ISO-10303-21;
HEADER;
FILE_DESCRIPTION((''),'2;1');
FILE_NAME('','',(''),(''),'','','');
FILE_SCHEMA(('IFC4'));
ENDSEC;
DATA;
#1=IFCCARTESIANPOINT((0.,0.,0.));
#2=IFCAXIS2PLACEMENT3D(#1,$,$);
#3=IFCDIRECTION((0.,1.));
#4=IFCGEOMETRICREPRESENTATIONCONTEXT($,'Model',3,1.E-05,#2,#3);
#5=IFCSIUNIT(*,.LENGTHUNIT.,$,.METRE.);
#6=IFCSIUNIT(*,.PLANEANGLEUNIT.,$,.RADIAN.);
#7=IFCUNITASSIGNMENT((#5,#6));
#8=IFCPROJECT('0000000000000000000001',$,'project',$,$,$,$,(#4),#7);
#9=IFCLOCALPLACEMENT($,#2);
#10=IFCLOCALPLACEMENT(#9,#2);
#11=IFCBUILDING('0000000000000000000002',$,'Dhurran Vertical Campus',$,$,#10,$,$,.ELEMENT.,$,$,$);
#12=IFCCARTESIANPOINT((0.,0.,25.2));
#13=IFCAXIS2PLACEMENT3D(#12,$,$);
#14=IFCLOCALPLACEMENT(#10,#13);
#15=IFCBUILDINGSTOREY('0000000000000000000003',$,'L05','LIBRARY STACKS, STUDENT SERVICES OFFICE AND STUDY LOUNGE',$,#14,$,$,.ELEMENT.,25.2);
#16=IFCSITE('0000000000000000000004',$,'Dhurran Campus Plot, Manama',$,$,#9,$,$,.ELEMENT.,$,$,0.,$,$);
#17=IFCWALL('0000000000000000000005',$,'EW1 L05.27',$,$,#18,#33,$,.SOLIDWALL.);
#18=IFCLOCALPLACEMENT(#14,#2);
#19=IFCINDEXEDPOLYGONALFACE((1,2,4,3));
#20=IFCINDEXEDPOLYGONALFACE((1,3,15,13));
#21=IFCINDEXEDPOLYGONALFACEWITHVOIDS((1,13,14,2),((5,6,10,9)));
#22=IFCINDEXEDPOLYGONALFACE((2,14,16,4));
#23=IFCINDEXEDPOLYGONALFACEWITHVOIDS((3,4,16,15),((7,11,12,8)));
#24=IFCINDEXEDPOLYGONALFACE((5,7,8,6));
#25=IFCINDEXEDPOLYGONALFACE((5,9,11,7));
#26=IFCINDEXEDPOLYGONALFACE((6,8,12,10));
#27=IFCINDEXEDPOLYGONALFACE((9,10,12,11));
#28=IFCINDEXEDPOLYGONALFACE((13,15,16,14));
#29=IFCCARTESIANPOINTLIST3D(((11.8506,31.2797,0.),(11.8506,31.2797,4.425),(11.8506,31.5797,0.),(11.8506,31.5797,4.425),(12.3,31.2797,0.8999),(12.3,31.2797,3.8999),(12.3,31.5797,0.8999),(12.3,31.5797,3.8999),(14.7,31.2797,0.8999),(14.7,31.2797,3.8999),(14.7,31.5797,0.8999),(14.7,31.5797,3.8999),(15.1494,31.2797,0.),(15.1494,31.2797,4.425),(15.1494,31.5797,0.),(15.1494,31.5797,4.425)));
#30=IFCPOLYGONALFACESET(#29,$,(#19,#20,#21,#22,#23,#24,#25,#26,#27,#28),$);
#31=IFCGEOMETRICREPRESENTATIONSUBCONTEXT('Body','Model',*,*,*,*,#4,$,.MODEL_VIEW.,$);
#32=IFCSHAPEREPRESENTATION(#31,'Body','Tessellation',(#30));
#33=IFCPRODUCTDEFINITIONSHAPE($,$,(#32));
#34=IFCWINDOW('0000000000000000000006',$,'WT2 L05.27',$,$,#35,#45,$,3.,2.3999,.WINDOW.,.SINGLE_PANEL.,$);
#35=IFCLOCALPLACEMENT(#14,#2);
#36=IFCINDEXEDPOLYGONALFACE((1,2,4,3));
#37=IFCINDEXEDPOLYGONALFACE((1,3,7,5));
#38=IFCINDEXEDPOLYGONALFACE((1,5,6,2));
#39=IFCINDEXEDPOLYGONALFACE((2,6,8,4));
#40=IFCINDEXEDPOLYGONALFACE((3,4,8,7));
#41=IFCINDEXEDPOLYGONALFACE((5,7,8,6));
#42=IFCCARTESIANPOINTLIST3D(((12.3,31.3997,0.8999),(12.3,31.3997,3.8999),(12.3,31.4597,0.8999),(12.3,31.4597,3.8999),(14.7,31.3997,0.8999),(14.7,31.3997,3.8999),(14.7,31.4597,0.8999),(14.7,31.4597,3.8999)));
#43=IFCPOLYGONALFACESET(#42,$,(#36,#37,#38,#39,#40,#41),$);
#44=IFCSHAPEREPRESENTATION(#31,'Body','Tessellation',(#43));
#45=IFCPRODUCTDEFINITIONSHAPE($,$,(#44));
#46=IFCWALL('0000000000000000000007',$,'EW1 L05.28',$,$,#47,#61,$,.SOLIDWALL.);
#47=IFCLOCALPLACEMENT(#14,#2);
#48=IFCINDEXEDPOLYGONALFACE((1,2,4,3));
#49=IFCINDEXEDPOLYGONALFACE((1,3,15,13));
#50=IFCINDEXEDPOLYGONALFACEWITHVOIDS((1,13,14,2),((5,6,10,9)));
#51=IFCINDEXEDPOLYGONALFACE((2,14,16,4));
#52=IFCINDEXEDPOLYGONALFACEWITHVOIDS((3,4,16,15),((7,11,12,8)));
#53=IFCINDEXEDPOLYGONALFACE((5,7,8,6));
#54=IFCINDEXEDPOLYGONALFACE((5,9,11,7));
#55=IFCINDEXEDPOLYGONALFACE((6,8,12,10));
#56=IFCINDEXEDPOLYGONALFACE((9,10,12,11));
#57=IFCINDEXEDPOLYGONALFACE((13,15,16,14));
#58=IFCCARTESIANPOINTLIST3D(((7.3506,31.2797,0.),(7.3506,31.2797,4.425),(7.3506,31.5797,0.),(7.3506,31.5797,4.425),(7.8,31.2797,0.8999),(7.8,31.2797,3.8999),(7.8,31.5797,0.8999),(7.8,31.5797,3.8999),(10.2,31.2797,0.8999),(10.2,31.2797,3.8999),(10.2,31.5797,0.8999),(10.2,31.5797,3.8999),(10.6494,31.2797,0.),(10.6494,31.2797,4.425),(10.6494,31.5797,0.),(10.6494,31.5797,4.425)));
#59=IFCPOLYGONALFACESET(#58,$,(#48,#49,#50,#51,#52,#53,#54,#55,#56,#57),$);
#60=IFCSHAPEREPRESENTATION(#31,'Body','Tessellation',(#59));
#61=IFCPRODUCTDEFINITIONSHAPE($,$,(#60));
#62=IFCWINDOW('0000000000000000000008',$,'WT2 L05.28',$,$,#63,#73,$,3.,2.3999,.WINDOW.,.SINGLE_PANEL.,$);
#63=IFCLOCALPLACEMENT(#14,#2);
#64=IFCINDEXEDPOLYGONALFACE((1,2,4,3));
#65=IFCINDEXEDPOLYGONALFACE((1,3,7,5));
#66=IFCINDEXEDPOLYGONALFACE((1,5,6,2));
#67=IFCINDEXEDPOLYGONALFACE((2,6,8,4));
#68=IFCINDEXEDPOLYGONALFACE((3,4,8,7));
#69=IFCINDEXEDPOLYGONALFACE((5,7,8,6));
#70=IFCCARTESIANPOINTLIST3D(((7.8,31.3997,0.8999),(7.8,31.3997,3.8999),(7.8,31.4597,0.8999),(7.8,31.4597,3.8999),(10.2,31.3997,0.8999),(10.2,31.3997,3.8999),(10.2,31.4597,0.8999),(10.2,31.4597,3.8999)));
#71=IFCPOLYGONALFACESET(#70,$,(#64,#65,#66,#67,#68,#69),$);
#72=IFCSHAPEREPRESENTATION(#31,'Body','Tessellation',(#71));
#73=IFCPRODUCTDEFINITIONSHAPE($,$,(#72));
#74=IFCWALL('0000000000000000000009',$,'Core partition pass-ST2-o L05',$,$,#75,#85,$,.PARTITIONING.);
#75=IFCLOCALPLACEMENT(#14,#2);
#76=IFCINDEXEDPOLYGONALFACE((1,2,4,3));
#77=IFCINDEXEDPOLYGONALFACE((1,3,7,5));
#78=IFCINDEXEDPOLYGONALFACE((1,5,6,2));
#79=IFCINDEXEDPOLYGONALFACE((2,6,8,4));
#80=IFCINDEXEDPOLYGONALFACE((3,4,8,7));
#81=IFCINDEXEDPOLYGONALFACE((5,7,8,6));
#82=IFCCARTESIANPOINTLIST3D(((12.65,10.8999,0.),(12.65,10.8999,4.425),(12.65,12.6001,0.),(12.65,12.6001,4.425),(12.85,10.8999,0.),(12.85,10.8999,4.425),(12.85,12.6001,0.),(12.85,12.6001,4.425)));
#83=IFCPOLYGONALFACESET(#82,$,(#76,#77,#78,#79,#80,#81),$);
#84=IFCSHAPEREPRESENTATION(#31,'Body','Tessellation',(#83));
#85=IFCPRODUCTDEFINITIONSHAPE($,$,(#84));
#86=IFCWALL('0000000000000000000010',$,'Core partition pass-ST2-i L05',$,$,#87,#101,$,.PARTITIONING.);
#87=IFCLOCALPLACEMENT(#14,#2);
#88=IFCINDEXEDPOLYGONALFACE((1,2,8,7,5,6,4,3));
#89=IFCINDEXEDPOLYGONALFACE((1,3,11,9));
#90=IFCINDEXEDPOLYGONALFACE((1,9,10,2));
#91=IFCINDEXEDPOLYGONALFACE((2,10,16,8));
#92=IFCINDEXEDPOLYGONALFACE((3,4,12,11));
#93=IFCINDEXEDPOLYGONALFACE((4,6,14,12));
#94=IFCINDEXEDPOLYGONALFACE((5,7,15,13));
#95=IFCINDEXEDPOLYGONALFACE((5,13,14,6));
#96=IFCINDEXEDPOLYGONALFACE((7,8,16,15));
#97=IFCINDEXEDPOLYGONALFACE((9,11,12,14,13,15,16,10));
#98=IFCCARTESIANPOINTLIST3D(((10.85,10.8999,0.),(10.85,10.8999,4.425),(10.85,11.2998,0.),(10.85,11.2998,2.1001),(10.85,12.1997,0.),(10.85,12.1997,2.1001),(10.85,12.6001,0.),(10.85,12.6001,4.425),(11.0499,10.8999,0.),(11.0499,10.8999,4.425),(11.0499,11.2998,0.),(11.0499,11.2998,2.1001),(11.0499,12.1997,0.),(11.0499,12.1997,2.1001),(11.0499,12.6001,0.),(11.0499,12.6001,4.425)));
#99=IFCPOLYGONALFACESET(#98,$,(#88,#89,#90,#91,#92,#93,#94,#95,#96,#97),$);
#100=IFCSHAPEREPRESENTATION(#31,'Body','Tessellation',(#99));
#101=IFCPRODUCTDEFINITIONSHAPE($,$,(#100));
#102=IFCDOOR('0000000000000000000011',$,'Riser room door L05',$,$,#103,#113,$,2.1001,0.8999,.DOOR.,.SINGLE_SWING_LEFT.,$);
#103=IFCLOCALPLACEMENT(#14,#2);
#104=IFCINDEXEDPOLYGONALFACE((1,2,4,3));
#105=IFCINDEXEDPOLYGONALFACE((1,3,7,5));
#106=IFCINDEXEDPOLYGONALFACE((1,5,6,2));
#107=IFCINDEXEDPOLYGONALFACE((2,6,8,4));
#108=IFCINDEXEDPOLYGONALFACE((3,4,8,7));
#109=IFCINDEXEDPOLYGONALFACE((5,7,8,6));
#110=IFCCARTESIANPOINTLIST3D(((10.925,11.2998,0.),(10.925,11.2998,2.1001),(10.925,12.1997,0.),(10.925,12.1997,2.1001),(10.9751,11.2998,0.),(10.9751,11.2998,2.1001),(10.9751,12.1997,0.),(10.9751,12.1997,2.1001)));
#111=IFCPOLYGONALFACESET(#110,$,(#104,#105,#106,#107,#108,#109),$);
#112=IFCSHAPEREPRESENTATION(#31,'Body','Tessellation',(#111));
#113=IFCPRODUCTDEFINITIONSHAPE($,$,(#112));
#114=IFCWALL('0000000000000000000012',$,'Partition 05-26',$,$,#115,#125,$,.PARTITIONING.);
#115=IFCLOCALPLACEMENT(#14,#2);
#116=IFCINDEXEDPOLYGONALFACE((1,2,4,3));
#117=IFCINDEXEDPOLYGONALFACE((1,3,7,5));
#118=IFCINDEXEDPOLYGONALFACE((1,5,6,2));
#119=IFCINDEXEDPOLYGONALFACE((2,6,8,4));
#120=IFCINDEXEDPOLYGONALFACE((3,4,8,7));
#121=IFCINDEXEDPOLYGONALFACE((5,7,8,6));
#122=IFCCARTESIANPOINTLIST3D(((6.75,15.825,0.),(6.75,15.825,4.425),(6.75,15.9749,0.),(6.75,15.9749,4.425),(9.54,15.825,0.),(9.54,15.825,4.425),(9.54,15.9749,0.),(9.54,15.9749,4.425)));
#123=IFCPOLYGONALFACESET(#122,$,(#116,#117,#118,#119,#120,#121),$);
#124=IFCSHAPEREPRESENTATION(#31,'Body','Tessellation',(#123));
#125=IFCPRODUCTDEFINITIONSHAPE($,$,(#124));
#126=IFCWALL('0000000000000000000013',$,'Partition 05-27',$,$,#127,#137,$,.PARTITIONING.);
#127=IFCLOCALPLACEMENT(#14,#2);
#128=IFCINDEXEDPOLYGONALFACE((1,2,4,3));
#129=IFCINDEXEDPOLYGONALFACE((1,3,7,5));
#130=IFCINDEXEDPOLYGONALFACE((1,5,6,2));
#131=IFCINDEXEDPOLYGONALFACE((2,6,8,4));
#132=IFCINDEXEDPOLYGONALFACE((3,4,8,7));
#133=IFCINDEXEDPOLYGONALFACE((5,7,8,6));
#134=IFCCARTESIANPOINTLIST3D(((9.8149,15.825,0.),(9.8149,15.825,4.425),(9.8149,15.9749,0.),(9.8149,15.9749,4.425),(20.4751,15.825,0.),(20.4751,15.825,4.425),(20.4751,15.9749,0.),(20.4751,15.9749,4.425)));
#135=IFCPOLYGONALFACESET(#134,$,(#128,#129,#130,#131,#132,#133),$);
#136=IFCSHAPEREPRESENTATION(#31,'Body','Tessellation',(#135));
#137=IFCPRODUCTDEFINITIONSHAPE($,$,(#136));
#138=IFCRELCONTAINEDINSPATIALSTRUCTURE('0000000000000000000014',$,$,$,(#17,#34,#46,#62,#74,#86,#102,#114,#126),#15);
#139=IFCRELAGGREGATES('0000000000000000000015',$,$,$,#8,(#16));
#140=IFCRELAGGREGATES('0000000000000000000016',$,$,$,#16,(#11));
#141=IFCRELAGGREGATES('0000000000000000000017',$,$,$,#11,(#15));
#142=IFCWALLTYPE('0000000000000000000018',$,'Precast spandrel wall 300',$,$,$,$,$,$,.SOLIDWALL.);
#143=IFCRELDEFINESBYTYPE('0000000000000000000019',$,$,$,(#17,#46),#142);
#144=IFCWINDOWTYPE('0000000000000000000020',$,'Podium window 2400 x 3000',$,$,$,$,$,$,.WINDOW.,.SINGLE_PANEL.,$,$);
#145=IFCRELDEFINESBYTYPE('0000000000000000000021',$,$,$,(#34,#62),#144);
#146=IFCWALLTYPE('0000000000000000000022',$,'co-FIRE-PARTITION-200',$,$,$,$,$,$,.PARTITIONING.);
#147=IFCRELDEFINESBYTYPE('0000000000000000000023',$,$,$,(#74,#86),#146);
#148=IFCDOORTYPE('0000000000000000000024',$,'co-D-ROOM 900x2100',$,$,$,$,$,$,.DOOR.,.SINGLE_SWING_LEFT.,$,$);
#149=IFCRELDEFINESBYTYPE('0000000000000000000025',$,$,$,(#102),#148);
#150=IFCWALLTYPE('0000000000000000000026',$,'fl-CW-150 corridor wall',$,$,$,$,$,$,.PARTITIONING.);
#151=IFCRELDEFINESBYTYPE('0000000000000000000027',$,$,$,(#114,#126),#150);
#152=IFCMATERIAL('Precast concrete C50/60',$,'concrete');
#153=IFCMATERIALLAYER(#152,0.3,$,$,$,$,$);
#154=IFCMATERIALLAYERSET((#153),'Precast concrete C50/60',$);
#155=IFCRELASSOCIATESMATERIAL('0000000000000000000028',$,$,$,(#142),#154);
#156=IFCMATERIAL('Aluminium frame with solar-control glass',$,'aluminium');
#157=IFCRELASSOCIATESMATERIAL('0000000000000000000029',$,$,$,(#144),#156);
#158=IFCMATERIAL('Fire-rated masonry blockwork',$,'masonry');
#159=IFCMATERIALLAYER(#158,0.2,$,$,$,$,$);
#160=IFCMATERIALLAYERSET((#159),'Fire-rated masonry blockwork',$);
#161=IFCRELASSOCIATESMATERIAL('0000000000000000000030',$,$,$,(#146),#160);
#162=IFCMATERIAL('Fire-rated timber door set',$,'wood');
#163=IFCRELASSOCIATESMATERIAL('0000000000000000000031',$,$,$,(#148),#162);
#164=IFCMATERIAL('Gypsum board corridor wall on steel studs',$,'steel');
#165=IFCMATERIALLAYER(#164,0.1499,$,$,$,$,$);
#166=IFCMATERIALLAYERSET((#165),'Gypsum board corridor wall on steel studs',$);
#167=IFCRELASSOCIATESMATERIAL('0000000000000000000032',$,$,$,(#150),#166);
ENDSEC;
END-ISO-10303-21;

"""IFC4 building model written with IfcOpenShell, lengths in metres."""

from ifc_helpers import new_model, si_unit, direction, frame, frame_2d, origin, place, context, subcontext, project, spatial, rectangle, extrude, material, layer, layer_set, type_object, element, fill, save


model = new_model("IFC4")

# Units and contexts
model_context = context("Model", 3, precision=1e-05, world=origin(), true_north=direction((0.0, 1.0)))
body_context = subcontext(model_context, "Body", "Model", "MODEL_VIEW")
ifc_project = project(units=[si_unit("LENGTHUNIT", "METRE"), si_unit("PLANEANGLEUNIT", "RADIAN")], contexts=[model_context])

# Site, building, storey
site_placement = place(None, origin())
site = spatial("IfcSite", under=ifc_project, at=site_placement, Name="Dhurran Campus Plot, Manama", CompositionType="ELEMENT", RefElevation=0.0)
building_placement = place(site_placement, origin())
building = spatial("IfcBuilding", under=site, at=building_placement, Name="Dhurran Vertical Campus", CompositionType="ELEMENT")
storey_placement = place(building_placement, frame((0.0, 0.0, 25.2)))
storey = spatial("IfcBuildingStorey", under=building, at=storey_placement, Name="L05", Description="LIBRARY STACKS, STUDENT SERVICES OFFICE AND STUDY LOUNGE", CompositionType="ELEMENT", Elevation=25.2)

# Walls, openings, windows
ifc_material_1 = material(Name="Precast concrete C50/60", Category="concrete")
ifc_layer_1 = layer(ifc_material_1, 0.3)
ifc_layer_set_1 = layer_set([ifc_layer_1], Name="Precast concrete C50/60")
wall_type_1 = type_object("IfcWallType", Name="Precast spandrel wall 300", PredefinedType="SOLIDWALL", material=ifc_layer_set_1)
ifc_material_2 = material(Name="Aluminium frame with solar-control glass", Category="aluminium")
window_type = type_object("IfcWindowType", Name="Podium window 2400 x 3000", PartitioningType="SINGLE_PANEL", PredefinedType="WINDOW", material=ifc_material_2)
wall_1_placement = place(storey_placement, frame((15.1494, 31.4297, 0.0), z_axis=(0.0, 0.0, 1.0), x_axis=(-1.0, 0.0, 0.0)))
wall_1 = element("IfcWall", 1, at=wall_1_placement, inside=storey, type_object=wall_type_1, Name="EW1 L05.27", PredefinedType="SOLIDWALL", context=body_context, shape_type="SweptSolid", body=[
    extrude(rectangle(XDim=3.2988, YDim=0.3, at=frame_2d((1.6494, 0.0))), origin(), (0.0, 0.0, 1.0), 4.425),
])
opening_1_placement = place(wall_1_placement, frame((0.4495, 0.0, 0.8999)))
opening_1 = element("IfcOpeningElement", 2, at=opening_1_placement, cuts=wall_1, PredefinedType="OPENING", context=body_context, shape_type="SweptSolid", body=[
    extrude(rectangle(XDim=2.3999, YDim=3.0, at=frame_2d((1.2, 1.5))), frame((0.0, 0.1599, 0.0), z_axis=(0.0, -1.0, 0.0), x_axis=(1.0, 0.0, 0.0)), (0.0, 0.0, 1.0), 0.3201),
])
window_1_placement = place(opening_1_placement, origin())
window_1 = element("IfcWindow", 3, at=window_1_placement, inside=storey, type_object=window_type, Name="WT2 L05.27", OverallHeight=3.0, OverallWidth=2.3999, PartitioningType="SINGLE_PANEL", PredefinedType="WINDOW", context=body_context, shape_type="SweptSolid", body=[
    extrude(rectangle(XDim=2.3999, YDim=3.0, at=frame_2d((1.2, 1.5))), frame((0.0, 0.03, 0.0), z_axis=(0.0, -1.0, 0.0), x_axis=(1.0, 0.0, 0.0)), (0.0, 0.0, 1.0), 0.0601),
])
fill(opening_1, window_1)
wall_2_placement = place(storey_placement, frame((10.6494, 31.4297, 0.0), z_axis=(0.0, 0.0, 1.0), x_axis=(-1.0, 0.0, 0.0)))
wall_2 = element("IfcWall", 4, at=wall_2_placement, inside=storey, type_object=wall_type_1, Name="EW1 L05.28", PredefinedType="SOLIDWALL", context=body_context, shape_type="SweptSolid", body=[
    extrude(rectangle(XDim=3.2988, YDim=0.3, at=frame_2d((1.6494, 0.0))), origin(), (0.0, 0.0, 1.0), 4.425),
])
opening_2_placement = place(wall_2_placement, frame((0.4495, 0.0, 0.8999)))
opening_2 = element("IfcOpeningElement", 5, at=opening_2_placement, cuts=wall_2, PredefinedType="OPENING", context=body_context, shape_type="SweptSolid", body=[
    extrude(rectangle(XDim=2.3999, YDim=3.0, at=frame_2d((1.2, 1.5))), frame((0.0, 0.1599, 0.0), z_axis=(0.0, -1.0, 0.0), x_axis=(1.0, 0.0, 0.0)), (0.0, 0.0, 1.0), 0.3201),
])
window_2_placement = place(opening_2_placement, origin())
window_2 = element("IfcWindow", 6, at=window_2_placement, inside=storey, type_object=window_type, Name="WT2 L05.28", OverallHeight=3.0, OverallWidth=2.3999, PartitioningType="SINGLE_PANEL", PredefinedType="WINDOW", context=body_context, shape_type="SweptSolid", body=[
    extrude(rectangle(XDim=2.3999, YDim=3.0, at=frame_2d((1.2, 1.5))), frame((0.0, 0.03, 0.0), z_axis=(0.0, -1.0, 0.0), x_axis=(1.0, 0.0, 0.0)), (0.0, 0.0, 1.0), 0.0601),
])
fill(opening_2, window_2)

# Wall
ifc_material_3 = material(Name="Fire-rated masonry blockwork", Category="masonry")
ifc_layer_2 = layer(ifc_material_3, 0.2)
ifc_layer_set_2 = layer_set([ifc_layer_2], Name="Fire-rated masonry blockwork")
wall_type_2 = type_object("IfcWallType", Name="co-FIRE-PARTITION-200", PredefinedType="PARTITIONING", material=ifc_layer_set_2)
wall_3_placement = place(storey_placement, frame((12.75, 10.8999, 0.0), z_axis=(0.0, 0.0, 1.0), x_axis=(0.0, 1.0, 0.0)))
element("IfcWall", 7, at=wall_3_placement, inside=storey, type_object=wall_type_2, Name="Core partition pass-ST2-o L05", PredefinedType="PARTITIONING", context=body_context, shape_type="SweptSolid", body=[
    extrude(rectangle(XDim=1.7002, YDim=0.2, at=frame_2d((0.8501, 0.0))), origin(), (0.0, 0.0, 1.0), 4.425),
])

# Wall, opening, door
wall_4_placement = place(storey_placement, frame((10.95, 10.8999, 0.0), z_axis=(0.0, 0.0, 1.0), x_axis=(0.0, 1.0, 0.0)))
wall_4 = element("IfcWall", 8, at=wall_4_placement, inside=storey, type_object=wall_type_2, Name="Core partition pass-ST2-i L05", PredefinedType="PARTITIONING", context=body_context, shape_type="SweptSolid", body=[
    extrude(rectangle(XDim=1.7002, YDim=0.2, at=frame_2d((0.8501, 0.0))), origin(), (0.0, 0.0, 1.0), 4.425),
])
opening_3_placement = place(wall_4_placement, frame((0.3999, 0.0, 0.0)))
opening_3 = element("IfcOpeningElement", 9, at=opening_3_placement, cuts=wall_4, PredefinedType="OPENING", context=body_context, shape_type="SweptSolid", body=[
    extrude(rectangle(XDim=0.8999, YDim=2.1001, at=frame_2d((0.45, 1.05))), frame((0.0, 0.1099, 0.0), z_axis=(0.0, -1.0, 0.0), x_axis=(1.0, 0.0, 0.0)), (0.0, 0.0, 1.0), 0.22),
])
ifc_material_4 = material(Name="Fire-rated timber door set", Category="wood")
door_type = type_object("IfcDoorType", Name="co-D-ROOM 900x2100", OperationType="SINGLE_SWING_LEFT", PredefinedType="DOOR", material=ifc_material_4)
door_placement = place(opening_3_placement, origin())
door = element("IfcDoor", 10, at=door_placement, inside=storey, type_object=door_type, Name="Riser room door L05", OperationType="SINGLE_SWING_LEFT", OverallHeight=2.1001, OverallWidth=0.8999, PredefinedType="DOOR", context=body_context, shape_type="SweptSolid", body=[
    extrude(rectangle(XDim=0.8999, YDim=2.1001, at=frame_2d((0.45, 1.05))), frame((0.0, 0.0249, 0.0), z_axis=(0.0, -1.0, 0.0), x_axis=(1.0, 0.0, 0.0)), (0.0, 0.0, 1.0), 0.05),
])
fill(opening_3, door)

# Walls
ifc_material_5 = material(Name="Gypsum board corridor wall on steel studs", Category="steel")
ifc_layer_3 = layer(ifc_material_5, 0.1499)
ifc_layer_set_3 = layer_set([ifc_layer_3], Name="Gypsum board corridor wall on steel studs")
wall_type_3 = type_object("IfcWallType", Name="fl-CW-150 corridor wall", PredefinedType="PARTITIONING", material=ifc_layer_set_3)
wall_5_placement = place(storey_placement, frame((9.54, 15.8999, 0.0), z_axis=(0.0, 0.0, 1.0), x_axis=(-1.0, 0.0, 0.0)))
element("IfcWall", 11, at=wall_5_placement, inside=storey, type_object=wall_type_3, Name="Partition 05-26", PredefinedType="PARTITIONING", context=body_context, shape_type="SweptSolid", body=[
    extrude(rectangle(XDim=2.79, YDim=0.1499, at=frame_2d((1.395, 0.0))), origin(), (0.0, 0.0, 1.0), 4.425),
])
wall_6_placement = place(storey_placement, frame((20.4751, 15.8999, 0.0), z_axis=(0.0, 0.0, 1.0), x_axis=(-1.0, 0.0, 0.0)))
element("IfcWall", 12, at=wall_6_placement, inside=storey, type_object=wall_type_3, Name="Partition 05-27", PredefinedType="PARTITIONING", context=body_context, shape_type="SweptSolid", body=[
    extrude(rectangle(XDim=10.6602, YDim=0.1499, at=frame_2d((5.3301, 0.0))), origin(), (0.0, 0.0, 1.0), 4.425),
])

save(model, "model.ifc")
